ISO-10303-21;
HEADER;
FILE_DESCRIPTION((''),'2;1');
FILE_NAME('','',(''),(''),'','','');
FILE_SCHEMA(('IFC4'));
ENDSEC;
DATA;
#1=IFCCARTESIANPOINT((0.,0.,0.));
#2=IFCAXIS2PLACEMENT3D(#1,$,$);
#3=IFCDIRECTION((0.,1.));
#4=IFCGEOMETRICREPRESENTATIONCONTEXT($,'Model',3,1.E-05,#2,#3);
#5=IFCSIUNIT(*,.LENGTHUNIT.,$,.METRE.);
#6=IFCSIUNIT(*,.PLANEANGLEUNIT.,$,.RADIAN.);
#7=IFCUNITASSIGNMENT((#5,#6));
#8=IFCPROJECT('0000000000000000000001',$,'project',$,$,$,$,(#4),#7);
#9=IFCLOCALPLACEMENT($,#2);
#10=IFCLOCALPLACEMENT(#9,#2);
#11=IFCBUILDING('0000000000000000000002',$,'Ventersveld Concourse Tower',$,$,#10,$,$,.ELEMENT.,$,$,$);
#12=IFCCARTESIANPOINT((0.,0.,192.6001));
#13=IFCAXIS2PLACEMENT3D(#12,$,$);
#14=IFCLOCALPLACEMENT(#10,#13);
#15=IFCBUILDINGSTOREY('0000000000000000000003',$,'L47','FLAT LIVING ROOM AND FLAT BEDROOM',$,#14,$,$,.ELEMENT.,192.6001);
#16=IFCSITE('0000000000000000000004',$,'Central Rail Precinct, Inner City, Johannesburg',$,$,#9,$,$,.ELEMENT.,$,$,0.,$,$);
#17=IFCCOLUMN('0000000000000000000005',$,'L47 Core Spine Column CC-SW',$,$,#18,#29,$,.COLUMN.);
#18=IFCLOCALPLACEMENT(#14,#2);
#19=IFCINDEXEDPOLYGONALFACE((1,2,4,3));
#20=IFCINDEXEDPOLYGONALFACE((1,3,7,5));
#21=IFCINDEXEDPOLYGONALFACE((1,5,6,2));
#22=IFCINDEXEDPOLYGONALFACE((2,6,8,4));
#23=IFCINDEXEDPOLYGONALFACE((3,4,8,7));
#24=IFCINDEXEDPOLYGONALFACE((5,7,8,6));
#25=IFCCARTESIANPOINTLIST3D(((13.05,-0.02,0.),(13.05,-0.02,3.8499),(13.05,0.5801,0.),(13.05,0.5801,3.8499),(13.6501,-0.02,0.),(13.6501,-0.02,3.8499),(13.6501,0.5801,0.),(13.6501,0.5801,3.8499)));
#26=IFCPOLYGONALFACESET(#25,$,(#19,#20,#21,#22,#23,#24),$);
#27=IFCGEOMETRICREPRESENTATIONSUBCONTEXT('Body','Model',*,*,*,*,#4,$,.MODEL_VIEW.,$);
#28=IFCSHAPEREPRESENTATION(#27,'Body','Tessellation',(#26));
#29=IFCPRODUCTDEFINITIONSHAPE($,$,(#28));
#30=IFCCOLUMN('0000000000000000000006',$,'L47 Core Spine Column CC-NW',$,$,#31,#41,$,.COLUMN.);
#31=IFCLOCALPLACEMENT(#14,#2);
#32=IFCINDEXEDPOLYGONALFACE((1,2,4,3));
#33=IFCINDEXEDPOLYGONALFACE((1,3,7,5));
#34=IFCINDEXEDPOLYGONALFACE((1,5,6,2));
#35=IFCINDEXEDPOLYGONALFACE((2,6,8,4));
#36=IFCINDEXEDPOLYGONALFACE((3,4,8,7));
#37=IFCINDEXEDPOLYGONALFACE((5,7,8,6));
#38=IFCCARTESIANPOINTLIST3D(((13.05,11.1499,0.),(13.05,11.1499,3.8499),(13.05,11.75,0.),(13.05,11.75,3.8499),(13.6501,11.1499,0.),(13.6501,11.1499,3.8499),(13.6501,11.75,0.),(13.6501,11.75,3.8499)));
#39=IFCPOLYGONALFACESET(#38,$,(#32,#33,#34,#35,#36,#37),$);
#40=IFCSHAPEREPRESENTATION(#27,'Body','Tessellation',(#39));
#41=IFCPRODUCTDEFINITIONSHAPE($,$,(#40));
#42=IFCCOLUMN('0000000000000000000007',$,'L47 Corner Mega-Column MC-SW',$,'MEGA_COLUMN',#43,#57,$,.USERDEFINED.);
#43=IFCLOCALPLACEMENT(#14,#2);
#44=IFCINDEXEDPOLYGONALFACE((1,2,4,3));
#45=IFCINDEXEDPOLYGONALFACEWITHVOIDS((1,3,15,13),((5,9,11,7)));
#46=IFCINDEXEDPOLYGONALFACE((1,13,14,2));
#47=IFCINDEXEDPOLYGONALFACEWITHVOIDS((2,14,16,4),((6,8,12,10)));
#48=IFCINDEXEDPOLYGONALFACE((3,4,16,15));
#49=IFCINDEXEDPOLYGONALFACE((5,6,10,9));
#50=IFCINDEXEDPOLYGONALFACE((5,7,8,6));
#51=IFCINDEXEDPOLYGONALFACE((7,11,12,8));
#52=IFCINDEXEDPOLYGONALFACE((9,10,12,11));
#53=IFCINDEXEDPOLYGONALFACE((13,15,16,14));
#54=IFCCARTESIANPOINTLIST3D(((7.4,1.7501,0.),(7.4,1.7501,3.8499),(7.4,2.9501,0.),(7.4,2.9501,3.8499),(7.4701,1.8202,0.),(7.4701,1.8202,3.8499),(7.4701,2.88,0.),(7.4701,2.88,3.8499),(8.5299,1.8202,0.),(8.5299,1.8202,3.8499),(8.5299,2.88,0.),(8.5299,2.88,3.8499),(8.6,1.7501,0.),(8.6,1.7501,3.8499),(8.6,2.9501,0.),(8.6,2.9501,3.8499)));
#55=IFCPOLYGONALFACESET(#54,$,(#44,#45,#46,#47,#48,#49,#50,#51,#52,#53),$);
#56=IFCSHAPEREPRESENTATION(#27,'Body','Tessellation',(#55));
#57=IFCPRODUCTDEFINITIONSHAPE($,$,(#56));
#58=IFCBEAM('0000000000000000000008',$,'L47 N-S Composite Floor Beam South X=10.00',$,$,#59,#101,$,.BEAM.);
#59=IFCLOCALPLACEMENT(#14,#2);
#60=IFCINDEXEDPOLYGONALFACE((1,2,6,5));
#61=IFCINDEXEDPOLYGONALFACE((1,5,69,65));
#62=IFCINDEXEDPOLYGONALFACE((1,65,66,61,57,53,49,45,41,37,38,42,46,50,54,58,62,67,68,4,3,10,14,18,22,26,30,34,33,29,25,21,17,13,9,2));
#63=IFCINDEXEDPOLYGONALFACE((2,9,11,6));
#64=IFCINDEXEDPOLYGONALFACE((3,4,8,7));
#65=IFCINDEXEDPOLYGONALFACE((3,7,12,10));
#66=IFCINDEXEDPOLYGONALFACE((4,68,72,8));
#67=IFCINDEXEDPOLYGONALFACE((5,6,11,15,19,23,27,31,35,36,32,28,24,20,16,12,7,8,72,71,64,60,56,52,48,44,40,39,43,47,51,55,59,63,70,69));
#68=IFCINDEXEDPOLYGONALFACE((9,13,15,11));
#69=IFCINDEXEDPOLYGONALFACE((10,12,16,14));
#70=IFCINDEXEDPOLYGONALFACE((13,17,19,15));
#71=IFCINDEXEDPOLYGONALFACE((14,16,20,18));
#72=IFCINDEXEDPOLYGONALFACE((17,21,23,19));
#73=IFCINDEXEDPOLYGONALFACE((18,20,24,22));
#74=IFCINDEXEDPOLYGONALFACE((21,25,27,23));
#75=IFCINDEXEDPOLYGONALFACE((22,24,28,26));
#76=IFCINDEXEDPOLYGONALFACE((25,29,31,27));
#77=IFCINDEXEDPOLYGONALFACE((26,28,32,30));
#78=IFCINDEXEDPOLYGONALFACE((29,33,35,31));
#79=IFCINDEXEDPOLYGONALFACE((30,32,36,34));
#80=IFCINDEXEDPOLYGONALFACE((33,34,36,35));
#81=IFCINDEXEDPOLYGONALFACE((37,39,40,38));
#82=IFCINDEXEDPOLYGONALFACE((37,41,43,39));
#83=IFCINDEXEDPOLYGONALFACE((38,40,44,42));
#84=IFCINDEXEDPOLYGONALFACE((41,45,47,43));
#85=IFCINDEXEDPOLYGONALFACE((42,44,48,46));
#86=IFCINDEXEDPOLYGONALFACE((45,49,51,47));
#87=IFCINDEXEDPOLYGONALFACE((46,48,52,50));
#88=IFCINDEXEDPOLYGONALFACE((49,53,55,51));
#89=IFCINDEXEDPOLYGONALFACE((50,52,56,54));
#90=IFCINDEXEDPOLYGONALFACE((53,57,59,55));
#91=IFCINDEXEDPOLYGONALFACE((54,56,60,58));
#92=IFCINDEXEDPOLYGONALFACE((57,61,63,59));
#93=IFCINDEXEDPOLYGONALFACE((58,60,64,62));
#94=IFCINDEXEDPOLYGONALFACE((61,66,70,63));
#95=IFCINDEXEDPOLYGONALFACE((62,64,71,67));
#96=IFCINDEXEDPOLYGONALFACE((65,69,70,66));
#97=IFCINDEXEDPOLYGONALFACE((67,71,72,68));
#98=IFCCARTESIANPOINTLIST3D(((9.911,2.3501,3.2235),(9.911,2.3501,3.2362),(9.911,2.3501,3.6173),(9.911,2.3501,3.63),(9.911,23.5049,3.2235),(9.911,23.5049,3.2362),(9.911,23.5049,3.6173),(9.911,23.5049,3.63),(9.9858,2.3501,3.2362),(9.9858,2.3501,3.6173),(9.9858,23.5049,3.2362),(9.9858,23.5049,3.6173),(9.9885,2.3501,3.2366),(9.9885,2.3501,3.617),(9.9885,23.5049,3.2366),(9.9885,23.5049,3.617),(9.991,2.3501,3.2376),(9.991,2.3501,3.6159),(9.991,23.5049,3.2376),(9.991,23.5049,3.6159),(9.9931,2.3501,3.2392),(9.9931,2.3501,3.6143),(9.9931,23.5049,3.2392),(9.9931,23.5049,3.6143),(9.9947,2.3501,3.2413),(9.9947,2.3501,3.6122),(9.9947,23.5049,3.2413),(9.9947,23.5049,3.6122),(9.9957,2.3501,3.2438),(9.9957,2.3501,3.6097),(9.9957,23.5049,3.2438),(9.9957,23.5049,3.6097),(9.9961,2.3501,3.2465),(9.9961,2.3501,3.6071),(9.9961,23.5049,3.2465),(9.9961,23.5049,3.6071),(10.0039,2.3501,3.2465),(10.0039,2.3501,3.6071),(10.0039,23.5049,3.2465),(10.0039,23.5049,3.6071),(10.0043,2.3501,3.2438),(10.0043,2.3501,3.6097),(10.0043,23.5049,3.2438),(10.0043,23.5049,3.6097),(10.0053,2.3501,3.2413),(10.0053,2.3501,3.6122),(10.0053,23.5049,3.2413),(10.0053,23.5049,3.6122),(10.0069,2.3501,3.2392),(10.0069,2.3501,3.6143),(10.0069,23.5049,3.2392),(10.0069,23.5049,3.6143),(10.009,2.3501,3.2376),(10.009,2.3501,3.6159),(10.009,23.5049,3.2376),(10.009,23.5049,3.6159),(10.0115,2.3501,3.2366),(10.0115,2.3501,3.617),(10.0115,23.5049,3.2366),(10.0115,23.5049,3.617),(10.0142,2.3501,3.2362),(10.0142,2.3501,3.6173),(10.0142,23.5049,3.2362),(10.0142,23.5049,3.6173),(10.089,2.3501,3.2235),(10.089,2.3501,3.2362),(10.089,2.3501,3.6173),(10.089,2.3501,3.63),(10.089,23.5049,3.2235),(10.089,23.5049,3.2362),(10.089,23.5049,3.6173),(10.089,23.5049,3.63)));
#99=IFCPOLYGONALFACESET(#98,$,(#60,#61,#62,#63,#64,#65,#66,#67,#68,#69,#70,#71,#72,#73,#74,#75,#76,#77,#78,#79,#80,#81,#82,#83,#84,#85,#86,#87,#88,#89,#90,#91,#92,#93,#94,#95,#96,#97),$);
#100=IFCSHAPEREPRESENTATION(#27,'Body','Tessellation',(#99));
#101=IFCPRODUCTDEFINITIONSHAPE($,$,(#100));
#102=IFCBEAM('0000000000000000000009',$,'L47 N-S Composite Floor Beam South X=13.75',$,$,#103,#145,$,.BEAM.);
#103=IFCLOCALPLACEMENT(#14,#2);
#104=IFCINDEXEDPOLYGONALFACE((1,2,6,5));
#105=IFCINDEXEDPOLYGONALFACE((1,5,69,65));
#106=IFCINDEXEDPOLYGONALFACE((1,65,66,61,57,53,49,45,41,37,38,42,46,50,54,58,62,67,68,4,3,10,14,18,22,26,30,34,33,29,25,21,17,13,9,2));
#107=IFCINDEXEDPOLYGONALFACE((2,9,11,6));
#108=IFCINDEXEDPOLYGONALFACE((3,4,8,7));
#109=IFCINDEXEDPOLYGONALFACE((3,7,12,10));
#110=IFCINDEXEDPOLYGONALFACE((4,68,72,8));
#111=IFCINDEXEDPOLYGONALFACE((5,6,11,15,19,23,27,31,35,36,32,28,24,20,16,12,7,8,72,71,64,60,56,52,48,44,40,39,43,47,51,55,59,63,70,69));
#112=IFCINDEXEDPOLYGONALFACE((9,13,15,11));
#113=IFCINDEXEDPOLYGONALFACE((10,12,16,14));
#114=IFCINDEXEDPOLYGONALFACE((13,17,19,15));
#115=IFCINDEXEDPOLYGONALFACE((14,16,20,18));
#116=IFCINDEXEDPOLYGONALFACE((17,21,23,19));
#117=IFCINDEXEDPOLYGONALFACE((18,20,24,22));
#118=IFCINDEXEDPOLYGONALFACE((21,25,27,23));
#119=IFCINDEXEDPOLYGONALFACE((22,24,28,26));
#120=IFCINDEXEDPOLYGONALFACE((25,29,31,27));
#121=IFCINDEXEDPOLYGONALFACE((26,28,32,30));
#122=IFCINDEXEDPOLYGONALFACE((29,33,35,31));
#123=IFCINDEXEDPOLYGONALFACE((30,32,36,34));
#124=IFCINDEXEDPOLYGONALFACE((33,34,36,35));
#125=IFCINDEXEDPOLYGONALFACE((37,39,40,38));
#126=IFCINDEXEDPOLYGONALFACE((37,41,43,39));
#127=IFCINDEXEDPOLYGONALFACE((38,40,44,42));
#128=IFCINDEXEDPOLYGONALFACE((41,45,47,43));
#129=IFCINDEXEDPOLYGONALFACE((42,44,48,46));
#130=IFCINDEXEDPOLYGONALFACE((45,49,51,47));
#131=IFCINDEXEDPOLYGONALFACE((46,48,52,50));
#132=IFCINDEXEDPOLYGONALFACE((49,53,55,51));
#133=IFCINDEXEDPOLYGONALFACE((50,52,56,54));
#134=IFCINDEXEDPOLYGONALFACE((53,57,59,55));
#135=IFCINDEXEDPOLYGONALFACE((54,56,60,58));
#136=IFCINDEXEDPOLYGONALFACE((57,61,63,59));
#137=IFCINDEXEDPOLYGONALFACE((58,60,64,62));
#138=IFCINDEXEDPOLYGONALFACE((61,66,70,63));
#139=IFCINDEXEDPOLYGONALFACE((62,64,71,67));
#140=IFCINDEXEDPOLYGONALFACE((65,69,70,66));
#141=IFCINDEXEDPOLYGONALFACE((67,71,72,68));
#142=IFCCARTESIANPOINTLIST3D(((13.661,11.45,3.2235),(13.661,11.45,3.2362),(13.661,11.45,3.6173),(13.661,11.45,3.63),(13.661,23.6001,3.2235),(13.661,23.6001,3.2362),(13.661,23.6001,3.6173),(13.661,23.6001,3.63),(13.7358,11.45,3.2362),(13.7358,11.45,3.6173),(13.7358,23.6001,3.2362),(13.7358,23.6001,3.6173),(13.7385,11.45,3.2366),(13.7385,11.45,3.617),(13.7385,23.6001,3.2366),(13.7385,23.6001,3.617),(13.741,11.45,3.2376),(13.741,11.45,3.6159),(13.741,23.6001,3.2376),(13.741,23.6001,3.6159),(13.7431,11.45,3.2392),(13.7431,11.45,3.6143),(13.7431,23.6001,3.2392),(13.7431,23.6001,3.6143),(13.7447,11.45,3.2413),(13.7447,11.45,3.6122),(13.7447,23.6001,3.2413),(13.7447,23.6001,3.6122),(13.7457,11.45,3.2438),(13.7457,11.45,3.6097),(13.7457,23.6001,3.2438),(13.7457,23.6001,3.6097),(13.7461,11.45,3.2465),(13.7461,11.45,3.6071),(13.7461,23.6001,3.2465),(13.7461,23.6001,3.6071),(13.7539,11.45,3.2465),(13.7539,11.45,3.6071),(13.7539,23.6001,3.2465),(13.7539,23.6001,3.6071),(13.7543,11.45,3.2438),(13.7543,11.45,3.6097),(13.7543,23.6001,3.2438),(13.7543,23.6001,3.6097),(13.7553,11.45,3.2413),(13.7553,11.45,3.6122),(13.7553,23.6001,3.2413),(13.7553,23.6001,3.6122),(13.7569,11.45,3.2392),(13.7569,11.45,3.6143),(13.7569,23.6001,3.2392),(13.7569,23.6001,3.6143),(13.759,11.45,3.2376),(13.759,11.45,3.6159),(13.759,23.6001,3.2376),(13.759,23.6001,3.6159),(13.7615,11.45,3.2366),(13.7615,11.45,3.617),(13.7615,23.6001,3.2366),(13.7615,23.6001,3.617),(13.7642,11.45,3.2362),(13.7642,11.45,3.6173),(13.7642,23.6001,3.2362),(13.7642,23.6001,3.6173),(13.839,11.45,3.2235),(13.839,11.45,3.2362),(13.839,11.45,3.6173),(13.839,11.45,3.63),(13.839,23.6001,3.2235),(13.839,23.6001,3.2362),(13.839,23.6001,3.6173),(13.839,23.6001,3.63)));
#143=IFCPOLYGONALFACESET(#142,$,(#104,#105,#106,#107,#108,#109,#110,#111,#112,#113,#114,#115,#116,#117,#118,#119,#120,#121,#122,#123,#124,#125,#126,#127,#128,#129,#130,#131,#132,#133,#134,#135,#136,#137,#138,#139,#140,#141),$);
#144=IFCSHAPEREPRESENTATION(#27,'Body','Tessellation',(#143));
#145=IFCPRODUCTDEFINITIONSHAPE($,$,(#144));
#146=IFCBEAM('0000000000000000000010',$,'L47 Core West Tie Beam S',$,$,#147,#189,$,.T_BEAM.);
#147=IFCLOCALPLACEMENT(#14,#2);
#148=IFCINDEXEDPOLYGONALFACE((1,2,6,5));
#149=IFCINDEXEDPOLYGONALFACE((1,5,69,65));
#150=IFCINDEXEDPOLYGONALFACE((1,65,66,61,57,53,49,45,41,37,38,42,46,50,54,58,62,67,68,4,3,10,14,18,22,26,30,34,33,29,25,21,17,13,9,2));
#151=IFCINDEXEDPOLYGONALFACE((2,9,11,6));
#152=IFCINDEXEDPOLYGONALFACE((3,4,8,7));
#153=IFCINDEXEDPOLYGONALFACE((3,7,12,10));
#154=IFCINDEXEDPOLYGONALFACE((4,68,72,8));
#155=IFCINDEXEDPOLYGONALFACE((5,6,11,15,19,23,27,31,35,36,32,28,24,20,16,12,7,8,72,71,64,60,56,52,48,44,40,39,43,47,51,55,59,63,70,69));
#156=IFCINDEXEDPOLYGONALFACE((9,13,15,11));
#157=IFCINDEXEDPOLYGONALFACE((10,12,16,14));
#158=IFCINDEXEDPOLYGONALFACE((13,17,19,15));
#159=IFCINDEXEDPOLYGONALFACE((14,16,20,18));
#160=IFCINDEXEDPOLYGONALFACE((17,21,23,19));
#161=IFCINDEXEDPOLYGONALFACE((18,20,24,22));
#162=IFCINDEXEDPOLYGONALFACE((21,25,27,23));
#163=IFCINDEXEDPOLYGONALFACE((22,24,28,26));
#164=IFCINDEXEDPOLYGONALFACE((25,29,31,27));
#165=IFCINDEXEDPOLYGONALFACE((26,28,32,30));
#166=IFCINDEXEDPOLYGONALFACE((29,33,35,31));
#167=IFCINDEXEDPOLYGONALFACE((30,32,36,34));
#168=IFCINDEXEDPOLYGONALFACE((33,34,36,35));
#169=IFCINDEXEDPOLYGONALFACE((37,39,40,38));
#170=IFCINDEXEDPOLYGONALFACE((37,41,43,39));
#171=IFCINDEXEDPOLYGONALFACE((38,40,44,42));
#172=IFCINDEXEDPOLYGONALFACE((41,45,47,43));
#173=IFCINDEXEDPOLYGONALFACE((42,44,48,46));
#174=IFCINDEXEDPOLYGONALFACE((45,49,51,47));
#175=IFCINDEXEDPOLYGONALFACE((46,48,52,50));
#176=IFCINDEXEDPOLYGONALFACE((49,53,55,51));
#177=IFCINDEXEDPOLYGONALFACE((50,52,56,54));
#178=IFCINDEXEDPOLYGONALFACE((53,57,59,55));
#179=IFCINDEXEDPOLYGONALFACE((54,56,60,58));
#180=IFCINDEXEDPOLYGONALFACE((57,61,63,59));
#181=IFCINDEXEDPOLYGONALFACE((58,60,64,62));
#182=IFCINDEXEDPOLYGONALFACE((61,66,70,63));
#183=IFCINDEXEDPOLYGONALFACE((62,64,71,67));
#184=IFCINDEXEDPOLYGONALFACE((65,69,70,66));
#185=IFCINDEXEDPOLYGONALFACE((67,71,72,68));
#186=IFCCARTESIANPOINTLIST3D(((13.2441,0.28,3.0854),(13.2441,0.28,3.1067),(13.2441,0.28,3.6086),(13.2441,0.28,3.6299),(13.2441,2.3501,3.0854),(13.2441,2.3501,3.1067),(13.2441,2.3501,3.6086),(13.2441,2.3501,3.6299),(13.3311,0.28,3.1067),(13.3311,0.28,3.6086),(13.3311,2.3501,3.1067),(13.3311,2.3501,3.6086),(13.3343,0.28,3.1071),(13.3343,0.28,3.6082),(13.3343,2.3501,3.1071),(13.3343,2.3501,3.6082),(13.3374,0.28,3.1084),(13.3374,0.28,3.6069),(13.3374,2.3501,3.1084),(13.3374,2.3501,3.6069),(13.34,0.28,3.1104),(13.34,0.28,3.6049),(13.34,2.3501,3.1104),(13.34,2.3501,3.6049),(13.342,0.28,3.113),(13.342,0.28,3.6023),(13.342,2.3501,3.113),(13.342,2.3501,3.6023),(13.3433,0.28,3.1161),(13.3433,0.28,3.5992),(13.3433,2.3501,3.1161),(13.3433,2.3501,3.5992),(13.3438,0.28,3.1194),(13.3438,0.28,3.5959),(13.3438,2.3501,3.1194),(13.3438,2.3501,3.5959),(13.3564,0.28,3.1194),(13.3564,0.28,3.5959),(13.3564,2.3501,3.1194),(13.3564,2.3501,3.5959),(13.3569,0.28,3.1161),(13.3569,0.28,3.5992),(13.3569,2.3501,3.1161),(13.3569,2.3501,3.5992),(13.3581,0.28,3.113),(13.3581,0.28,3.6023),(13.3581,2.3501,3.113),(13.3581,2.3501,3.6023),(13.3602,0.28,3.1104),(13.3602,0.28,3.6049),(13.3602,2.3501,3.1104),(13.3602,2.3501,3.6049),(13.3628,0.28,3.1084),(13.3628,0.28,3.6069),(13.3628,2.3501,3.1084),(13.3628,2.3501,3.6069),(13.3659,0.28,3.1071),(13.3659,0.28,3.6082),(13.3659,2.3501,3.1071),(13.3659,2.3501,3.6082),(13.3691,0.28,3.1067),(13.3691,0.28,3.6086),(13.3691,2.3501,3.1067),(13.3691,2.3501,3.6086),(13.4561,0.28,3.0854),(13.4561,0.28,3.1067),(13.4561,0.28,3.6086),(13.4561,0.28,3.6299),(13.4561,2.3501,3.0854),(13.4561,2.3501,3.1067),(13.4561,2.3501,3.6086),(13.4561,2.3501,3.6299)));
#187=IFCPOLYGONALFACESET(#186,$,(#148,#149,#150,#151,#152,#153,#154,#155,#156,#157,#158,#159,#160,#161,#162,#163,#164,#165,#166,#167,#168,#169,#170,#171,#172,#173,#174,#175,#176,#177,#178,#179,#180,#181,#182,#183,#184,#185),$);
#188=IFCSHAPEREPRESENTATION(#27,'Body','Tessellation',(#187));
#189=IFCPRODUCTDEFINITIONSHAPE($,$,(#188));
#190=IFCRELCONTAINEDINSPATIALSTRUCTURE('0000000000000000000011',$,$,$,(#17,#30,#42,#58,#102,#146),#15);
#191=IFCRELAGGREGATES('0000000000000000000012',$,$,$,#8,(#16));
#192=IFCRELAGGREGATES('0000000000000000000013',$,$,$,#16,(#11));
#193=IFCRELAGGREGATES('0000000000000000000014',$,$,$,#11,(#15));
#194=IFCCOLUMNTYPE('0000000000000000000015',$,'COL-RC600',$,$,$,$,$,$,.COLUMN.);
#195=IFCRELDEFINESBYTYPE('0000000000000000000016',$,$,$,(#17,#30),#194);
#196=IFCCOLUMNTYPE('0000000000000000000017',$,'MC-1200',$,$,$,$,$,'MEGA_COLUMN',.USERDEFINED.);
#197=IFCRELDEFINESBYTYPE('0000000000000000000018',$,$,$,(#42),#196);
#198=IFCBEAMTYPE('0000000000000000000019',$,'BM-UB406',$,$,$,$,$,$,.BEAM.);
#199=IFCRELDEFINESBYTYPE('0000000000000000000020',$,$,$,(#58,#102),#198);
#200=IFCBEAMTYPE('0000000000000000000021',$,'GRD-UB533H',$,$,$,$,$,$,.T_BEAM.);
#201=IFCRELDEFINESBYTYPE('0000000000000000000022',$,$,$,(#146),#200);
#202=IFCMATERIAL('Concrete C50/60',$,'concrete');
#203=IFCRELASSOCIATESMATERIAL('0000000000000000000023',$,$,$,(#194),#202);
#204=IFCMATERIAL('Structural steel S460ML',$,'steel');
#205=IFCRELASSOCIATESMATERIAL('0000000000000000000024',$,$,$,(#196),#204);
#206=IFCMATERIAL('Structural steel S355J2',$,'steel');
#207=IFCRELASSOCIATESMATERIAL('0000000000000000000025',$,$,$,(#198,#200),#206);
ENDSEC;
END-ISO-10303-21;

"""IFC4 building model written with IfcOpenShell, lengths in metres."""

from ifc_helpers import new_model, si_unit, direction, frame, origin, origin_2d, place, context, subcontext, project, spatial, rectangle, hollow_rectangle, i_section, extrude, material, material_profile, profile_set, type_object, element, save


model = new_model("IFC4")

# Units and contexts
model_context = context("Model", 3, precision=1e-05, world=origin(), true_north=direction((0.0, 1.0)))
body_context = subcontext(model_context, "Body", "Model", "MODEL_VIEW")
ifc_project = project(units=[si_unit("LENGTHUNIT", "METRE"), si_unit("PLANEANGLEUNIT", "RADIAN")], contexts=[model_context])

# Site, building, storey
site_placement = place(None, origin())
site = spatial("IfcSite", under=ifc_project, at=site_placement, Name="Central Rail Precinct, Inner City, Johannesburg", CompositionType="ELEMENT", RefElevation=0.0)
building_placement = place(site_placement, origin())
building = spatial("IfcBuilding", under=site, at=building_placement, Name="Ventersveld Concourse Tower", CompositionType="ELEMENT")
storey_placement = place(building_placement, frame((0.0, 0.0, 192.6001)))
storey = spatial("IfcBuildingStorey", under=building, at=storey_placement, Name="L47", Description="FLAT LIVING ROOM AND FLAT BEDROOM", CompositionType="ELEMENT", Elevation=192.6001)

# Columns
ifc_material_1 = material(Name="Concrete C50/60", Category="concrete")
ifc_material_profile_1 = material_profile(ifc_material_1, rectangle(XDim=0.6001, YDim=0.6001, at=origin_2d()), Name="RC 600x600")
ifc_profile_set_1 = profile_set([ifc_material_profile_1], Name="Concrete C50/60")
column_type_1 = type_object("IfcColumnType", Name="COL-RC600", PredefinedType="COLUMN", material=ifc_profile_set_1)
for number, where, z_axis, x_axis, name in (
    (1, (13.3501, 0.28, 0.0), (0.0, 0.0, 1.0), (1.0, 0.0, 0.0), "L47 Core Spine Column CC-SW"),
    (2, (13.3501, 11.45, 0.0), (0.0, 0.0, 1.0), (1.0, 0.0, 0.0), "L47 Core Spine Column CC-NW"),
):
    element("IfcColumn", number, at=place(storey_placement, frame(where, z_axis=z_axis, x_axis=x_axis)), inside=storey, type_object=column_type_1, Name=name, PredefinedType="COLUMN", context=body_context, shape_type="SweptSolid", body=[
        extrude(rectangle(XDim=0.6001, YDim=0.6001, at=origin_2d()), origin(), (0.0, 0.0, 1.0), 3.8499),
    ])
ifc_material_2 = material(Name="Structural steel S460ML", Category="steel")
ifc_material_profile_2 = material_profile(ifc_material_2, hollow_rectangle(XDim=1.2, YDim=1.2, WallThickness=0.0701, at=origin_2d()), Name="BOX 1200x1200x70")
ifc_profile_set_2 = profile_set([ifc_material_profile_2], Name="Structural steel S460ML")
column_type_2 = type_object("IfcColumnType", Name="MC-1200", ElementType="MEGA_COLUMN", PredefinedType="USERDEFINED", material=ifc_profile_set_2)
column_placement = place(storey_placement, frame((8.0, 2.3501, 0.0), z_axis=(0.0, 0.0, 1.0), x_axis=(1.0, 0.0, 0.0)))
element("IfcColumn", 3, at=column_placement, inside=storey, type_object=column_type_2, Name="L47 Corner Mega-Column MC-SW", ObjectType="MEGA_COLUMN", PredefinedType="USERDEFINED", context=body_context, shape_type="SweptSolid", body=[
    extrude(hollow_rectangle(XDim=1.2, YDim=1.2, WallThickness=0.0701, at=origin_2d()), origin(), (0.0, 0.0, 1.0), 3.8499),
])

# Beams
ifc_material_3 = material(Name="Structural steel S355J2", Category="steel")
ifc_material_profile_3 = material_profile(ifc_material_3, i_section(OverallWidth=0.178, OverallDepth=0.4065, WebThickness=0.0078, FlangeThickness=0.0127, FilletRadius=0.0103, at=origin_2d()), Name="UB 406x178x60")
ifc_profile_set_3 = profile_set([ifc_material_profile_3], Name="Structural steel S355J2")
beam_type_1 = type_object("IfcBeamType", Name="BM-UB406", PredefinedType="BEAM", material=ifc_profile_set_3)
beam_1_placement = place(storey_placement, frame((10.0, 2.3501, 3.4268), z_axis=(0.0, 1.0, 0.0), x_axis=(-1.0, 0.0, 0.0)))
element("IfcBeam", 4, at=beam_1_placement, inside=storey, type_object=beam_type_1, Name="L47 N-S Composite Floor Beam South X=10.00", PredefinedType="BEAM", context=body_context, shape_type="SweptSolid", body=[
    extrude(i_section(OverallWidth=0.178, OverallDepth=0.4065, WebThickness=0.0078, FlangeThickness=0.0127, FilletRadius=0.0103, at=origin_2d()), origin(), (0.0, 0.0, 1.0), 21.1548),
])
beam_2_placement = place(storey_placement, frame((13.75, 11.45, 3.4268), z_axis=(0.0, 1.0, 0.0), x_axis=(-1.0, 0.0, 0.0)))
element("IfcBeam", 5, at=beam_2_placement, inside=storey, type_object=beam_type_1, Name="L47 N-S Composite Floor Beam South X=13.75", PredefinedType="BEAM", context=body_context, shape_type="SweptSolid", body=[
    extrude(i_section(OverallWidth=0.178, OverallDepth=0.4065, WebThickness=0.0078, FlangeThickness=0.0127, FilletRadius=0.0103, at=origin_2d()), origin(), (0.0, 0.0, 1.0), 12.1501),
])
ifc_material_profile_4 = material_profile(ifc_material_3, i_section(OverallWidth=0.2119, OverallDepth=0.5444, WebThickness=0.0127, FlangeThickness=0.0212, FilletRadius=0.0127, at=origin_2d()), Name="UB 533x210x122")
ifc_profile_set_4 = profile_set([ifc_material_profile_4], Name="Structural steel S355J2")
beam_type_2 = type_object("IfcBeamType", Name="GRD-UB533H", PredefinedType="T_BEAM", material=ifc_profile_set_4)
beam_3_placement = place(storey_placement, frame((13.3501, 0.28, 3.3577), z_axis=(0.0, 1.0, 0.0), x_axis=(-1.0, 0.0, 0.0)))
element("IfcBeam", 6, at=beam_3_placement, inside=storey, type_object=beam_type_2, Name="L47 Core West Tie Beam S", PredefinedType="T_BEAM", context=body_context, shape_type="SweptSolid", body=[
    extrude(i_section(OverallWidth=0.2119, OverallDepth=0.5444, WebThickness=0.0127, FlangeThickness=0.0212, FilletRadius=0.0127, at=origin_2d()), origin(), (0.0, 0.0, 1.0), 2.0701),
])

save(model, "model.ifc")
